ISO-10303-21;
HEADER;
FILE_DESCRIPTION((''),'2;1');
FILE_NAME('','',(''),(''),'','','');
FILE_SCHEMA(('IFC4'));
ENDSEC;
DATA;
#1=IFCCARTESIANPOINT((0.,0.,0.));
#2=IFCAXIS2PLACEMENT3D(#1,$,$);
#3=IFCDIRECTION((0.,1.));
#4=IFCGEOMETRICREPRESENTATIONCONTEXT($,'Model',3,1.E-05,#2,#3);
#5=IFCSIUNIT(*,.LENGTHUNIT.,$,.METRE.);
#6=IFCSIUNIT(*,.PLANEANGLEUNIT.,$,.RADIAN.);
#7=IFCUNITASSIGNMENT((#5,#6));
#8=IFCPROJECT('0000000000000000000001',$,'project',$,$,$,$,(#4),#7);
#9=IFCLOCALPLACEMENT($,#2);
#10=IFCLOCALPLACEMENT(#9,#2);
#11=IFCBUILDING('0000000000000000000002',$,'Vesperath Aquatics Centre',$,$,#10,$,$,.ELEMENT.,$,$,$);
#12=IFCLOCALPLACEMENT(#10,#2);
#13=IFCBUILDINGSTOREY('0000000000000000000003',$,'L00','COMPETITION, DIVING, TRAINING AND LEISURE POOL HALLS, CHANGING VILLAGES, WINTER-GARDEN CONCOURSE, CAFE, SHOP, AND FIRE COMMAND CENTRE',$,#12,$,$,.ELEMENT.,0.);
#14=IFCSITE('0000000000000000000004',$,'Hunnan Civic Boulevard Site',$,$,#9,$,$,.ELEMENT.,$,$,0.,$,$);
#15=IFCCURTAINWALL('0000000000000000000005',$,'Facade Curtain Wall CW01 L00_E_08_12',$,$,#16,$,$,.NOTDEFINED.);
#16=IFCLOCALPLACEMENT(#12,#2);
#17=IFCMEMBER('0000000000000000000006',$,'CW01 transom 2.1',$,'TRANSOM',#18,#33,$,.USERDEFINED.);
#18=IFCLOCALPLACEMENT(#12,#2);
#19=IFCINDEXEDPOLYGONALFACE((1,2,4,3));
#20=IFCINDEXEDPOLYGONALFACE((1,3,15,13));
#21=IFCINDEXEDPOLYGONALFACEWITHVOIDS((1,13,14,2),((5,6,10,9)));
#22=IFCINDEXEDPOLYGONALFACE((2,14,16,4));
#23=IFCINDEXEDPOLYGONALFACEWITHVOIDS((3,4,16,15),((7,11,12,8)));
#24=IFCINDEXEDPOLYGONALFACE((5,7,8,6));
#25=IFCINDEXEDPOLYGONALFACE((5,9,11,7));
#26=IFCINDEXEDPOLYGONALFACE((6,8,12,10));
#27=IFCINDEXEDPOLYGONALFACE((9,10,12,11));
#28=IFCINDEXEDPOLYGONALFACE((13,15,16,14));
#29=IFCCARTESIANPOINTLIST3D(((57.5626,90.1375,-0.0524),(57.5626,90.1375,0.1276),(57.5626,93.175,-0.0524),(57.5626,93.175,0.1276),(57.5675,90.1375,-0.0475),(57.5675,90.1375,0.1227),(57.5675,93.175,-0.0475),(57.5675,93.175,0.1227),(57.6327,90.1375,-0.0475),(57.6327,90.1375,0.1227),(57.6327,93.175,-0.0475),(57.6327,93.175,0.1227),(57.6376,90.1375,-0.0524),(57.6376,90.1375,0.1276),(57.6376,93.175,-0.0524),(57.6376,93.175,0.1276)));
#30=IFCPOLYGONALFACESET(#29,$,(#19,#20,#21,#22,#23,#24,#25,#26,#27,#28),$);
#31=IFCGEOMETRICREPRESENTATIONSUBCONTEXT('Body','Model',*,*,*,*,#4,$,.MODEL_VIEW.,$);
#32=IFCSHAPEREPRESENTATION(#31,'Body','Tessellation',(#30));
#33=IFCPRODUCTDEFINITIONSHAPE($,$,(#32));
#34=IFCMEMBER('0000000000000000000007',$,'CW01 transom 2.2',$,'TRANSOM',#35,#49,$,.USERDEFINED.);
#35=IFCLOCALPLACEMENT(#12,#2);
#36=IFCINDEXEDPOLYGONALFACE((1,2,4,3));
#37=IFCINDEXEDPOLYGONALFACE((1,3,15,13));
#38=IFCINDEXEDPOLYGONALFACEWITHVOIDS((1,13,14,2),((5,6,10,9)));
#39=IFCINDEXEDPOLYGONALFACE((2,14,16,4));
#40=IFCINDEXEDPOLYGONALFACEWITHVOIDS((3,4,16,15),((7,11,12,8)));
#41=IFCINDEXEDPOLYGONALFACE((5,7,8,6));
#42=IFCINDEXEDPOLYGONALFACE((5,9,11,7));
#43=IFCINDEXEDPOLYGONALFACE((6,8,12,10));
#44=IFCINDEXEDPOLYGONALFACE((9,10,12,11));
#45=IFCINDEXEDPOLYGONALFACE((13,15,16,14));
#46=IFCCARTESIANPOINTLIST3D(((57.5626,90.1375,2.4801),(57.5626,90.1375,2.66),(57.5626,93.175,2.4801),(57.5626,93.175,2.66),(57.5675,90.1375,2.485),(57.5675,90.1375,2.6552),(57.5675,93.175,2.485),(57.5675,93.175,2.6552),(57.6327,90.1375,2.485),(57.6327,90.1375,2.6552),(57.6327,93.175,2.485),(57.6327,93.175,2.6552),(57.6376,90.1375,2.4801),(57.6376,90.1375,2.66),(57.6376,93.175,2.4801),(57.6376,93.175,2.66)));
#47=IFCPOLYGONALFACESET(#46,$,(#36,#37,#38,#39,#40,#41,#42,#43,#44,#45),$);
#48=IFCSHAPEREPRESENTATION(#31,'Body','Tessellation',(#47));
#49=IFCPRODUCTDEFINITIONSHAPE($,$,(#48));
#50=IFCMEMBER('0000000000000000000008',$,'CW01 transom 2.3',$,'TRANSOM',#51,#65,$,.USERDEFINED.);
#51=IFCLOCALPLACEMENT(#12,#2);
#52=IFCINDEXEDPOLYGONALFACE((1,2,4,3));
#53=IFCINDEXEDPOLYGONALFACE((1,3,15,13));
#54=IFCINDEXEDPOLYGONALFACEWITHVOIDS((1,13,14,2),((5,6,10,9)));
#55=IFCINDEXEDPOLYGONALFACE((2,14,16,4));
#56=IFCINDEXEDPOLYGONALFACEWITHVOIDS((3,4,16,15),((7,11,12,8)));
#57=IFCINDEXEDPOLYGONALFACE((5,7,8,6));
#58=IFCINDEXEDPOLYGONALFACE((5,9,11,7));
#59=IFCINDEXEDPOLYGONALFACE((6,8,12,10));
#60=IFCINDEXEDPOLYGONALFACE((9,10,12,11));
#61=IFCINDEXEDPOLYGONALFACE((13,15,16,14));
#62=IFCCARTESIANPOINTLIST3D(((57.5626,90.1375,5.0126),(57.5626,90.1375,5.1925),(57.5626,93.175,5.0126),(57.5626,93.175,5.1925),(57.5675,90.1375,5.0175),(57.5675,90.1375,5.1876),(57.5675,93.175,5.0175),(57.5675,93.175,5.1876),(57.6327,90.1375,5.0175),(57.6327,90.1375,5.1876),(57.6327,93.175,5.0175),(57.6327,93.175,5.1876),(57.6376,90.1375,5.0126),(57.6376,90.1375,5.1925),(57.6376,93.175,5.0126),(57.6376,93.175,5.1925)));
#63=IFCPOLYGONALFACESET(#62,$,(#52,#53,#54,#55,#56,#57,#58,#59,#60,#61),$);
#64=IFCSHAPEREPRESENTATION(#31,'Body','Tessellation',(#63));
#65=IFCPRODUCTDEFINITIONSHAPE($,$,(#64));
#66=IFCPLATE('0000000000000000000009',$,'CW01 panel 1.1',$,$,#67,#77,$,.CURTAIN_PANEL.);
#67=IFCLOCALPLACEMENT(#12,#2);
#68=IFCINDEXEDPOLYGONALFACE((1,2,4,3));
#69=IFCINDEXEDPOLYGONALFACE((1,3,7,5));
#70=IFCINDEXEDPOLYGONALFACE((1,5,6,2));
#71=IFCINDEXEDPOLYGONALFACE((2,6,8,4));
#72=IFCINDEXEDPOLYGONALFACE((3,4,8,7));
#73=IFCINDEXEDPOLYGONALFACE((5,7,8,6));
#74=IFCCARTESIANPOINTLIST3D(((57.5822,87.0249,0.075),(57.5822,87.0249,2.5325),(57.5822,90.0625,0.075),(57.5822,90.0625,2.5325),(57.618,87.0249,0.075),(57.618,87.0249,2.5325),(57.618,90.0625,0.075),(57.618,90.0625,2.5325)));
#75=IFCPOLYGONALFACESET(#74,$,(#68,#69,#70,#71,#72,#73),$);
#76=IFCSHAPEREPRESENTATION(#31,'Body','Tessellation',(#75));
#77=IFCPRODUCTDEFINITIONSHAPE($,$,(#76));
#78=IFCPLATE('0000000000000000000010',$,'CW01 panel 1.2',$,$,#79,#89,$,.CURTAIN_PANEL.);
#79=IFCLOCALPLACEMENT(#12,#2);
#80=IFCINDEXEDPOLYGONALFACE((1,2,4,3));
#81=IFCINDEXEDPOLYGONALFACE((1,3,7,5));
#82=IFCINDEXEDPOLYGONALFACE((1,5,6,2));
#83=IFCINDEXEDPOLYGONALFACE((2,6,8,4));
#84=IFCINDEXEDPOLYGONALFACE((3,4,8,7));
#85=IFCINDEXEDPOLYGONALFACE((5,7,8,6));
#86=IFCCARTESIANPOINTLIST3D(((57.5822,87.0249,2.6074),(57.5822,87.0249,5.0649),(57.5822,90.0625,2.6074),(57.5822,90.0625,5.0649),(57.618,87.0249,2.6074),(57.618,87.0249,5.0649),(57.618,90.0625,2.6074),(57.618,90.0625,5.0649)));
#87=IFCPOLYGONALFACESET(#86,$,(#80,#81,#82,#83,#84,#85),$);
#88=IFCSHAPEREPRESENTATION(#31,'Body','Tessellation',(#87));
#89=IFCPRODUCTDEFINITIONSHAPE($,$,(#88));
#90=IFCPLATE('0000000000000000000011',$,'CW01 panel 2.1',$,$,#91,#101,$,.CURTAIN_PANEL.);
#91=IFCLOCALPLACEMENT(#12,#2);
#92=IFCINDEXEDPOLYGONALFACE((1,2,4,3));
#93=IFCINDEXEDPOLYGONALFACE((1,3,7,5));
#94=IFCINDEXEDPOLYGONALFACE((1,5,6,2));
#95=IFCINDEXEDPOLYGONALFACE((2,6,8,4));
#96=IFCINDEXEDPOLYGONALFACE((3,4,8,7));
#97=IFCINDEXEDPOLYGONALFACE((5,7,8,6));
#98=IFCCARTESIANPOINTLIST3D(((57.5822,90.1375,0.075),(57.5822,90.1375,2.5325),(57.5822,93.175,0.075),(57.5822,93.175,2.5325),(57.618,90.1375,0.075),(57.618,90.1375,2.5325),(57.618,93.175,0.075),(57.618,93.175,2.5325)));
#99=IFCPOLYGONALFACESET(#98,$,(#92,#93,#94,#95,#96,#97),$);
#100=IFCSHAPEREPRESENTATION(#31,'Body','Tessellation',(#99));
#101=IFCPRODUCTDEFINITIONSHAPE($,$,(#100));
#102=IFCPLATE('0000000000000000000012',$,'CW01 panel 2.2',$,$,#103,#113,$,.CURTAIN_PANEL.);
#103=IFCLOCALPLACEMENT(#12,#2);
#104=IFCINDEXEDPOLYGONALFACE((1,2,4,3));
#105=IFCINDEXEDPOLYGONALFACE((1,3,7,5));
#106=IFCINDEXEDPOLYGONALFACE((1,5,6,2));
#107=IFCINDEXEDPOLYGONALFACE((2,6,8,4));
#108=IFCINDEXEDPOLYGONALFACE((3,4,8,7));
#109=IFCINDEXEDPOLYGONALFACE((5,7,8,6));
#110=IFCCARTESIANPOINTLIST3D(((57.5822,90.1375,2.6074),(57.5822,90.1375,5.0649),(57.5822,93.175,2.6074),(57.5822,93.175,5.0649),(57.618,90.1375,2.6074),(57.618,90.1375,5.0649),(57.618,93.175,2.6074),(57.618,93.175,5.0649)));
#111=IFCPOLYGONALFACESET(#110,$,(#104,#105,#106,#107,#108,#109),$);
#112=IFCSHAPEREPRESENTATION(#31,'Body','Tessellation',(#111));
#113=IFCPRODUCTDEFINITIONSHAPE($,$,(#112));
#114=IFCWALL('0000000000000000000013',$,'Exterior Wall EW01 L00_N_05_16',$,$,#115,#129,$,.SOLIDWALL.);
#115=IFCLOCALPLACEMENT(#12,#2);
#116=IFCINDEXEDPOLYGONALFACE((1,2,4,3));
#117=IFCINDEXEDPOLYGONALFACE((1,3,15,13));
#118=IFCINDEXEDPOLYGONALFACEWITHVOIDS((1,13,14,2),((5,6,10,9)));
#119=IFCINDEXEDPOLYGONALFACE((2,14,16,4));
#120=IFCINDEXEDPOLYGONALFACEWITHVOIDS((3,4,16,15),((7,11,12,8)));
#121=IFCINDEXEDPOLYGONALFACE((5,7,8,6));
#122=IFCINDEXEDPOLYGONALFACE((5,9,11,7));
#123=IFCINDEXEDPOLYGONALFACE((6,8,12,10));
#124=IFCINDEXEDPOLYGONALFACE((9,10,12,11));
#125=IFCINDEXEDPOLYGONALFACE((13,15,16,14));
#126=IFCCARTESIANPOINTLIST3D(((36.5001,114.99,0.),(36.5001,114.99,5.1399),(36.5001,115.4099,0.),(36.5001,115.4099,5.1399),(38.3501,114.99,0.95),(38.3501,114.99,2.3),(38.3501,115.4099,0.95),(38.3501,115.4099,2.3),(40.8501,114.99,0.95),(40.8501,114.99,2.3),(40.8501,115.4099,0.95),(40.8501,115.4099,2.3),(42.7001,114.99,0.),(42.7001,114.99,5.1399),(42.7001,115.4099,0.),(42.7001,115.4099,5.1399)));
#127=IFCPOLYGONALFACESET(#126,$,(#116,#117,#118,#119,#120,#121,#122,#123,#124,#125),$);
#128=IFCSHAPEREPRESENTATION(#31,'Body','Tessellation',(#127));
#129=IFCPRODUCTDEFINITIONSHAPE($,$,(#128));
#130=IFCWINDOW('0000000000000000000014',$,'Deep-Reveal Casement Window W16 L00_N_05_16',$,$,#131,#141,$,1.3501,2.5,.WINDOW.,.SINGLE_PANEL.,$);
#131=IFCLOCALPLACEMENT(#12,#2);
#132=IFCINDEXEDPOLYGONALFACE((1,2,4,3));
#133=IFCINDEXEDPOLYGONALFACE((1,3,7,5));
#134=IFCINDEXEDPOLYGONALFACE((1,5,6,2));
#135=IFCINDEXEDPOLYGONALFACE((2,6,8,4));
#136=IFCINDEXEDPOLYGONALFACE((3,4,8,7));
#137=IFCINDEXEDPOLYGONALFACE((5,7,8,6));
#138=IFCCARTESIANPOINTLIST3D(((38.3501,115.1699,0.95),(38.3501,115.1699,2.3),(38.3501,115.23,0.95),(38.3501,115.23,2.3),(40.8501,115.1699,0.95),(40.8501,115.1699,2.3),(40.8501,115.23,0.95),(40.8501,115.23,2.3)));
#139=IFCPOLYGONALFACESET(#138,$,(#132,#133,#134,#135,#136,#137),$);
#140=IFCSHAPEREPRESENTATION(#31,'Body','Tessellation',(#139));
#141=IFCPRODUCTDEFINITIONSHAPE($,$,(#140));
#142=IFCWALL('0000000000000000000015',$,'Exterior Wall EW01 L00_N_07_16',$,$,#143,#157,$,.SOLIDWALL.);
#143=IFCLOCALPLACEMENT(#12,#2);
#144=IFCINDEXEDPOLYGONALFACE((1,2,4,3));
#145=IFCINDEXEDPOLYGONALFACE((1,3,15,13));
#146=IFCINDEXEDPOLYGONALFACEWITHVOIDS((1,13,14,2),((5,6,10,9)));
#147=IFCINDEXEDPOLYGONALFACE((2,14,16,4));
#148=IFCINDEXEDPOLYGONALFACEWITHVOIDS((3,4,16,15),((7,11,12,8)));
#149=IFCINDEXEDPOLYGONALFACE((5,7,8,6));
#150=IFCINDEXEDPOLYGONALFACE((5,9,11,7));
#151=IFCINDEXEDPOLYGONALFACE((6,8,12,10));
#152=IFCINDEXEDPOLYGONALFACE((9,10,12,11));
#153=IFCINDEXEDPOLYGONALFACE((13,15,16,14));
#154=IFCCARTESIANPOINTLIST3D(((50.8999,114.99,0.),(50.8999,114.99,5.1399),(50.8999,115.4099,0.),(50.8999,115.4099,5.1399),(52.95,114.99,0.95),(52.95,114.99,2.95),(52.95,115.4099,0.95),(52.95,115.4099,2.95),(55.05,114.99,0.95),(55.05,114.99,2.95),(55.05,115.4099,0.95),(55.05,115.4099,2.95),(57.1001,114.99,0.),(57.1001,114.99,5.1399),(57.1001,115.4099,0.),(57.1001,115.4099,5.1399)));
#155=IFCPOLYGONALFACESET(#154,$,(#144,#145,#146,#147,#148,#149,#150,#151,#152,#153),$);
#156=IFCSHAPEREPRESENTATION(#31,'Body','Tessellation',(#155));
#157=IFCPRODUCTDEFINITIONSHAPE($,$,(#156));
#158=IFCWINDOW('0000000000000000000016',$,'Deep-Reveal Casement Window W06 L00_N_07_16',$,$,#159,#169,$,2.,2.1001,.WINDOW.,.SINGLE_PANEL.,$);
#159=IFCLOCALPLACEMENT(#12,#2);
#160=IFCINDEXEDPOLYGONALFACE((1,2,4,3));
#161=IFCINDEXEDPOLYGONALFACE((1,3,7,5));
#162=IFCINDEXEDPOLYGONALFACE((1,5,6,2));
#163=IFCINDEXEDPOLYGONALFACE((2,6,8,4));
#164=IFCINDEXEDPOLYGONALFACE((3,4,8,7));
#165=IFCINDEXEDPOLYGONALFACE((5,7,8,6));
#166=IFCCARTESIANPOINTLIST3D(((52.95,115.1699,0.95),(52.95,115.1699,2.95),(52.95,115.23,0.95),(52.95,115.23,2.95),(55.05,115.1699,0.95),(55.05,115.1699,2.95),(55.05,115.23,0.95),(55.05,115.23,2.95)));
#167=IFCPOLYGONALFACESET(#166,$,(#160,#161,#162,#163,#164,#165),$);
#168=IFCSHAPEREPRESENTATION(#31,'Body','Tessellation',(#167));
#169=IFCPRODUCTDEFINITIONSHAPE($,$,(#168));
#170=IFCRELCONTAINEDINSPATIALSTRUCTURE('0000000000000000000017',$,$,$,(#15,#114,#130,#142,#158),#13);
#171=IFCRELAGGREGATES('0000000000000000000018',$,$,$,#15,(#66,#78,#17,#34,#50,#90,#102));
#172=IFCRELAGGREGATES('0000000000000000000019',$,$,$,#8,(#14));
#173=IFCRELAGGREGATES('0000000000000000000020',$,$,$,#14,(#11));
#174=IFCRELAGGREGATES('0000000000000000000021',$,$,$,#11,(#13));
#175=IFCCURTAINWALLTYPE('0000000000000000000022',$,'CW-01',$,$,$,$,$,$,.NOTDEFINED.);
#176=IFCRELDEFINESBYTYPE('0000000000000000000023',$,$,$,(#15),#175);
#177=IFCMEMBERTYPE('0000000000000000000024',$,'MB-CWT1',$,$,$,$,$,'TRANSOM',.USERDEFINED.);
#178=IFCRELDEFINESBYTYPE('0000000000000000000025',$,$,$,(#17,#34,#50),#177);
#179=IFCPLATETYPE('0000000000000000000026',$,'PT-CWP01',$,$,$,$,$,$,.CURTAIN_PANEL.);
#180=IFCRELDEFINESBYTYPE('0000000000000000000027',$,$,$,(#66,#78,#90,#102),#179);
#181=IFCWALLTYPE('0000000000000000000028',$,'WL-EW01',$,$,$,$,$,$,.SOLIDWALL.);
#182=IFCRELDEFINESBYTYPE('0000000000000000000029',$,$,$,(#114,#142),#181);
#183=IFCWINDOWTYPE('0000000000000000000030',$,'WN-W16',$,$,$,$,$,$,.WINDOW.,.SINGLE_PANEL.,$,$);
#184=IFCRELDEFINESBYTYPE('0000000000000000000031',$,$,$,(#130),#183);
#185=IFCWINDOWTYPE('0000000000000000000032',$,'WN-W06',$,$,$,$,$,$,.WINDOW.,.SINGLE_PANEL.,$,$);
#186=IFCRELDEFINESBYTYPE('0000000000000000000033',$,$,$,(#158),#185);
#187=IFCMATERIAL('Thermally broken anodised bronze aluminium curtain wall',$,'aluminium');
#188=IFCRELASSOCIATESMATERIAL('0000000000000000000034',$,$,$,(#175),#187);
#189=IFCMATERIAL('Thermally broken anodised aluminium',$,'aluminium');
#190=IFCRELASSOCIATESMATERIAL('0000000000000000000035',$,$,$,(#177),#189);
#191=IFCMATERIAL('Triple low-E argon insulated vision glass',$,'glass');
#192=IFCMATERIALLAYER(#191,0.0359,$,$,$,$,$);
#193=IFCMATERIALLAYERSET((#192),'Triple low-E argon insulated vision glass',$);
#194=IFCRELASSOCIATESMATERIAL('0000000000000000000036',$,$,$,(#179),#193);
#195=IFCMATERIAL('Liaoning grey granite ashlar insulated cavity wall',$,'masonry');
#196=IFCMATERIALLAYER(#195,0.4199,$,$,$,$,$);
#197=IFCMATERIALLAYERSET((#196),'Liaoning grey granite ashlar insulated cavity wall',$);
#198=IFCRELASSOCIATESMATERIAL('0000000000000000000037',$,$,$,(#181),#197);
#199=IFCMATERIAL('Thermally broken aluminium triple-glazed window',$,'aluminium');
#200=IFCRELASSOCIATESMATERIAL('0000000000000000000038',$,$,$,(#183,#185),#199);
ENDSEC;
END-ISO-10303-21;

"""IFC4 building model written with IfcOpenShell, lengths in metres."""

from ifc_helpers import new_model, si_unit, direction, frame, frame_2d, origin, origin_2d, place, context, subcontext, project, spatial, rectangle, hollow_rectangle, extrude, material, layer, layer_set, material_profile, profile_set, type_object, element, fill, aggregate, save


model = new_model("IFC4")

# Units and contexts
model_context = context("Model", 3, precision=1e-05, world=origin(), true_north=direction((0.0, 1.0)))
body_context = subcontext(model_context, "Body", "Model", "MODEL_VIEW")
ifc_project = project(units=[si_unit("LENGTHUNIT", "METRE"), si_unit("PLANEANGLEUNIT", "RADIAN")], contexts=[model_context])

# Site, building, storey
site_placement = place(None, origin())
site = spatial("IfcSite", under=ifc_project, at=site_placement, Name="Hunnan Civic Boulevard Site", CompositionType="ELEMENT", RefElevation=0.0)
building_placement = place(site_placement, origin())
building = spatial("IfcBuilding", under=site, at=building_placement, Name="Vesperath Aquatics Centre", CompositionType="ELEMENT")
storey_placement = place(building_placement, origin())
storey = spatial("IfcBuildingStorey", under=building, at=storey_placement, Name="L00", Description="COMPETITION, DIVING, TRAINING AND LEISURE POOL HALLS, CHANGING VILLAGES, WINTER-GARDEN CONCOURSE, CAFE, SHOP, AND FIRE COMMAND CENTRE", CompositionType="ELEMENT", Elevation=0.0)

# Curtain wall, members, plates
ifc_material_1 = material(Name="Thermally broken anodised bronze aluminium curtain wall", Category="aluminium")
curtain_wall_type = type_object("IfcCurtainWallType", Name="CW-01", PredefinedType="NOTDEFINED", material=ifc_material_1)
curtain_wall_placement = place(storey_placement, origin())
curtain_wall = element("IfcCurtainWall", 1, at=curtain_wall_placement, inside=storey, type_object=curtain_wall_type, Name="Facade Curtain Wall CW01 L00_E_08_12", PredefinedType="NOTDEFINED")
ifc_material_2 = material(Name="Thermally broken anodised aluminium", Category="aluminium")
ifc_material_profile_1 = material_profile(ifc_material_2, hollow_rectangle(XDim=0.075, YDim=0.1799, WallThickness=0.0049, at=origin_2d()), Name="CWT 75x180x5")
ifc_profile_set_1 = profile_set([ifc_material_profile_1], Name="Thermally broken anodised aluminium")
member_type_1 = type_object("IfcMemberType", Name="MB-CWT1", ElementType="TRANSOM", PredefinedType="USERDEFINED", material=ifc_profile_set_1)
member_1_placement = place(storey_placement, frame((57.6001, 90.1375, 0.0376), z_axis=(0.0, 1.0, 0.0), x_axis=(-1.0, 0.0, 0.0)))
member_1 = element("IfcMember", 2, at=member_1_placement, type_object=member_type_1, Name="CW01 transom 2.1", ObjectType="TRANSOM", PredefinedType="USERDEFINED", context=body_context, shape_type="SweptSolid", body=[
    extrude(hollow_rectangle(XDim=0.075, YDim=0.1799, WallThickness=0.0049, at=origin_2d()), origin(), (0.0, 0.0, 1.0), 3.0376),
])
member_2_placement = place(storey_placement, frame((57.6001, 90.1375, 2.5701), z_axis=(0.0, 1.0, 0.0), x_axis=(-1.0, 0.0, 0.0)))
member_2 = element("IfcMember", 3, at=member_2_placement, type_object=member_type_1, Name="CW01 transom 2.2", ObjectType="TRANSOM", PredefinedType="USERDEFINED", context=body_context, shape_type="SweptSolid", body=[
    extrude(hollow_rectangle(XDim=0.075, YDim=0.1799, WallThickness=0.0049, at=origin_2d()), origin(), (0.0, 0.0, 1.0), 3.0376),
])
member_3_placement = place(storey_placement, frame((57.6001, 90.1375, 5.1025), z_axis=(0.0, 1.0, 0.0), x_axis=(-1.0, 0.0, 0.0)))
member_3 = element("IfcMember", 4, at=member_3_placement, type_object=member_type_1, Name="CW01 transom 2.3", ObjectType="TRANSOM", PredefinedType="USERDEFINED", context=body_context, shape_type="SweptSolid", body=[
    extrude(hollow_rectangle(XDim=0.075, YDim=0.1799, WallThickness=0.0049, at=origin_2d()), origin(), (0.0, 0.0, 1.0), 3.0376),
])
ifc_material_3 = material(Name="Triple low-E argon insulated vision glass", Category="glass")
ifc_layer_1 = layer(ifc_material_3, 0.0359)
ifc_layer_set_1 = layer_set([ifc_layer_1], Name="Triple low-E argon insulated vision glass")
plate_type = type_object("IfcPlateType", Name="PT-CWP01", PredefinedType="CURTAIN_PANEL", material=ifc_layer_set_1)
plate_1_placement = place(storey_placement, frame((57.6001, 88.5437, 0.075), z_axis=(0.0, 0.0, 1.0), x_axis=(0.0, 1.0, 0.0)))
plate_1 = element("IfcPlate", 5, at=plate_1_placement, type_object=plate_type, Name="CW01 panel 1.1", PredefinedType="CURTAIN_PANEL", context=body_context, shape_type="SweptSolid", body=[
    extrude(rectangle(XDim=3.0376, YDim=0.0359, at=origin_2d()), origin(), (0.0, 0.0, 1.0), 2.4575),
])
plate_2_placement = place(storey_placement, frame((57.6001, 88.5437, 2.6074), z_axis=(0.0, 0.0, 1.0), x_axis=(0.0, 1.0, 0.0)))
plate_2 = element("IfcPlate", 6, at=plate_2_placement, type_object=plate_type, Name="CW01 panel 1.2", PredefinedType="CURTAIN_PANEL", context=body_context, shape_type="SweptSolid", body=[
    extrude(rectangle(XDim=3.0376, YDim=0.0359, at=origin_2d()), origin(), (0.0, 0.0, 1.0), 2.4575),
])
plate_3_placement = place(storey_placement, frame((57.6001, 91.6562, 0.075), z_axis=(0.0, 0.0, 1.0), x_axis=(0.0, 1.0, 0.0)))
plate_3 = element("IfcPlate", 7, at=plate_3_placement, type_object=plate_type, Name="CW01 panel 2.1", PredefinedType="CURTAIN_PANEL", context=body_context, shape_type="SweptSolid", body=[
    extrude(rectangle(XDim=3.0376, YDim=0.0359, at=origin_2d()), origin(), (0.0, 0.0, 1.0), 2.4575),
])
plate_4_placement = place(storey_placement, frame((57.6001, 91.6562, 2.6074), z_axis=(0.0, 0.0, 1.0), x_axis=(0.0, 1.0, 0.0)))
plate_4 = element("IfcPlate", 8, at=plate_4_placement, type_object=plate_type, Name="CW01 panel 2.2", PredefinedType="CURTAIN_PANEL", context=body_context, shape_type="SweptSolid", body=[
    extrude(rectangle(XDim=3.0376, YDim=0.0359, at=origin_2d()), origin(), (0.0, 0.0, 1.0), 2.4575),
])
aggregate(curtain_wall, [plate_1, plate_2, member_1, member_2, member_3, plate_3, plate_4])

# Wall, opening, window
ifc_material_4 = material(Name="Liaoning grey granite ashlar insulated cavity wall", Category="masonry")
ifc_layer_2 = layer(ifc_material_4, 0.4199)
ifc_layer_set_2 = layer_set([ifc_layer_2], Name="Liaoning grey granite ashlar insulated cavity wall")
wall_type = type_object("IfcWallType", Name="WL-EW01", PredefinedType="SOLIDWALL", material=ifc_layer_set_2)
wall_1_placement = place(storey_placement, frame((36.5, 115.2, 0.0), z_axis=(0.0, 0.0, 1.0), x_axis=(1.0, 0.0, 0.0)))
wall_1 = element("IfcWall", 9, at=wall_1_placement, inside=storey, type_object=wall_type, Name="Exterior Wall EW01 L00_N_05_16", PredefinedType="SOLIDWALL", context=body_context, shape_type="SweptSolid", body=[
    extrude(rectangle(XDim=6.2, YDim=0.4199, at=frame_2d((3.1001, 0.0))), origin(), (0.0, 0.0, 1.0), 5.1399),
])
opening_1_placement = place(wall_1_placement, frame((1.8501, 0.0, 0.95)))
opening_1 = element("IfcOpeningElement", 10, at=opening_1_placement, cuts=wall_1, PredefinedType="OPENING", context=body_context, shape_type="SweptSolid", body=[
    extrude(rectangle(XDim=2.5, YDim=1.3501, at=frame_2d((1.25, 0.675))), frame((0.0, 0.2249, 0.0), z_axis=(0.0, -1.0, 0.0), x_axis=(1.0, 0.0, 0.0)), (0.0, 0.0, 1.0), 0.4497),
])
ifc_material_5 = material(Name="Thermally broken aluminium triple-glazed window", Category="aluminium")
window_type_1 = type_object("IfcWindowType", Name="WN-W16", PartitioningType="SINGLE_PANEL", PredefinedType="WINDOW", material=ifc_material_5)
window_1_placement = place(opening_1_placement, origin())
window_1 = element("IfcWindow", 11, at=window_1_placement, inside=storey, type_object=window_type_1, Name="Deep-Reveal Casement Window W16 L00_N_05_16", OverallHeight=1.3501, OverallWidth=2.5, PartitioningType="SINGLE_PANEL", PredefinedType="WINDOW", context=body_context, shape_type="SweptSolid", body=[
    extrude(rectangle(XDim=2.5, YDim=1.3501, at=frame_2d((1.25, 0.675))), frame((0.0, 0.03, 0.0), z_axis=(0.0, -1.0, 0.0), x_axis=(1.0, 0.0, 0.0)), (0.0, 0.0, 1.0), 0.0601),
])
fill(opening_1, window_1)

# Wall, opening, window
wall_2_placement = place(storey_placement, frame((50.8999, 115.2, 0.0), z_axis=(0.0, 0.0, 1.0), x_axis=(1.0, 0.0, 0.0)))
wall_2 = element("IfcWall", 12, at=wall_2_placement, inside=storey, type_object=wall_type, Name="Exterior Wall EW01 L00_N_07_16", PredefinedType="SOLIDWALL", context=body_context, shape_type="SweptSolid", body=[
    extrude(rectangle(XDim=6.2002, YDim=0.4199, at=frame_2d((3.1001, 0.0))), origin(), (0.0, 0.0, 1.0), 5.1399),
])
opening_2_placement = place(wall_2_placement, frame((2.05, 0.0, 0.95)))
opening_2 = element("IfcOpeningElement", 13, at=opening_2_placement, cuts=wall_2, PredefinedType="OPENING", context=body_context, shape_type="SweptSolid", body=[
    extrude(rectangle(XDim=2.1001, YDim=2.0, at=frame_2d((1.05, 1.0))), frame((0.0, 0.2249, 0.0), z_axis=(0.0, -1.0, 0.0), x_axis=(1.0, 0.0, 0.0)), (0.0, 0.0, 1.0), 0.4497),
])
window_type_2 = type_object("IfcWindowType", Name="WN-W06", PartitioningType="SINGLE_PANEL", PredefinedType="WINDOW", material=ifc_material_5)
window_2_placement = place(opening_2_placement, origin())
window_2 = element("IfcWindow", 14, at=window_2_placement, inside=storey, type_object=window_type_2, Name="Deep-Reveal Casement Window W06 L00_N_07_16", OverallHeight=2.0, OverallWidth=2.1001, PartitioningType="SINGLE_PANEL", PredefinedType="WINDOW", context=body_context, shape_type="SweptSolid", body=[
    extrude(rectangle(XDim=2.1001, YDim=2.0, at=frame_2d((1.05, 1.0))), frame((0.0, 0.03, 0.0), z_axis=(0.0, -1.0, 0.0), x_axis=(1.0, 0.0, 0.0)), (0.0, 0.0, 1.0), 0.0601),
])
fill(opening_2, window_2)

save(model, "model.ifc")
